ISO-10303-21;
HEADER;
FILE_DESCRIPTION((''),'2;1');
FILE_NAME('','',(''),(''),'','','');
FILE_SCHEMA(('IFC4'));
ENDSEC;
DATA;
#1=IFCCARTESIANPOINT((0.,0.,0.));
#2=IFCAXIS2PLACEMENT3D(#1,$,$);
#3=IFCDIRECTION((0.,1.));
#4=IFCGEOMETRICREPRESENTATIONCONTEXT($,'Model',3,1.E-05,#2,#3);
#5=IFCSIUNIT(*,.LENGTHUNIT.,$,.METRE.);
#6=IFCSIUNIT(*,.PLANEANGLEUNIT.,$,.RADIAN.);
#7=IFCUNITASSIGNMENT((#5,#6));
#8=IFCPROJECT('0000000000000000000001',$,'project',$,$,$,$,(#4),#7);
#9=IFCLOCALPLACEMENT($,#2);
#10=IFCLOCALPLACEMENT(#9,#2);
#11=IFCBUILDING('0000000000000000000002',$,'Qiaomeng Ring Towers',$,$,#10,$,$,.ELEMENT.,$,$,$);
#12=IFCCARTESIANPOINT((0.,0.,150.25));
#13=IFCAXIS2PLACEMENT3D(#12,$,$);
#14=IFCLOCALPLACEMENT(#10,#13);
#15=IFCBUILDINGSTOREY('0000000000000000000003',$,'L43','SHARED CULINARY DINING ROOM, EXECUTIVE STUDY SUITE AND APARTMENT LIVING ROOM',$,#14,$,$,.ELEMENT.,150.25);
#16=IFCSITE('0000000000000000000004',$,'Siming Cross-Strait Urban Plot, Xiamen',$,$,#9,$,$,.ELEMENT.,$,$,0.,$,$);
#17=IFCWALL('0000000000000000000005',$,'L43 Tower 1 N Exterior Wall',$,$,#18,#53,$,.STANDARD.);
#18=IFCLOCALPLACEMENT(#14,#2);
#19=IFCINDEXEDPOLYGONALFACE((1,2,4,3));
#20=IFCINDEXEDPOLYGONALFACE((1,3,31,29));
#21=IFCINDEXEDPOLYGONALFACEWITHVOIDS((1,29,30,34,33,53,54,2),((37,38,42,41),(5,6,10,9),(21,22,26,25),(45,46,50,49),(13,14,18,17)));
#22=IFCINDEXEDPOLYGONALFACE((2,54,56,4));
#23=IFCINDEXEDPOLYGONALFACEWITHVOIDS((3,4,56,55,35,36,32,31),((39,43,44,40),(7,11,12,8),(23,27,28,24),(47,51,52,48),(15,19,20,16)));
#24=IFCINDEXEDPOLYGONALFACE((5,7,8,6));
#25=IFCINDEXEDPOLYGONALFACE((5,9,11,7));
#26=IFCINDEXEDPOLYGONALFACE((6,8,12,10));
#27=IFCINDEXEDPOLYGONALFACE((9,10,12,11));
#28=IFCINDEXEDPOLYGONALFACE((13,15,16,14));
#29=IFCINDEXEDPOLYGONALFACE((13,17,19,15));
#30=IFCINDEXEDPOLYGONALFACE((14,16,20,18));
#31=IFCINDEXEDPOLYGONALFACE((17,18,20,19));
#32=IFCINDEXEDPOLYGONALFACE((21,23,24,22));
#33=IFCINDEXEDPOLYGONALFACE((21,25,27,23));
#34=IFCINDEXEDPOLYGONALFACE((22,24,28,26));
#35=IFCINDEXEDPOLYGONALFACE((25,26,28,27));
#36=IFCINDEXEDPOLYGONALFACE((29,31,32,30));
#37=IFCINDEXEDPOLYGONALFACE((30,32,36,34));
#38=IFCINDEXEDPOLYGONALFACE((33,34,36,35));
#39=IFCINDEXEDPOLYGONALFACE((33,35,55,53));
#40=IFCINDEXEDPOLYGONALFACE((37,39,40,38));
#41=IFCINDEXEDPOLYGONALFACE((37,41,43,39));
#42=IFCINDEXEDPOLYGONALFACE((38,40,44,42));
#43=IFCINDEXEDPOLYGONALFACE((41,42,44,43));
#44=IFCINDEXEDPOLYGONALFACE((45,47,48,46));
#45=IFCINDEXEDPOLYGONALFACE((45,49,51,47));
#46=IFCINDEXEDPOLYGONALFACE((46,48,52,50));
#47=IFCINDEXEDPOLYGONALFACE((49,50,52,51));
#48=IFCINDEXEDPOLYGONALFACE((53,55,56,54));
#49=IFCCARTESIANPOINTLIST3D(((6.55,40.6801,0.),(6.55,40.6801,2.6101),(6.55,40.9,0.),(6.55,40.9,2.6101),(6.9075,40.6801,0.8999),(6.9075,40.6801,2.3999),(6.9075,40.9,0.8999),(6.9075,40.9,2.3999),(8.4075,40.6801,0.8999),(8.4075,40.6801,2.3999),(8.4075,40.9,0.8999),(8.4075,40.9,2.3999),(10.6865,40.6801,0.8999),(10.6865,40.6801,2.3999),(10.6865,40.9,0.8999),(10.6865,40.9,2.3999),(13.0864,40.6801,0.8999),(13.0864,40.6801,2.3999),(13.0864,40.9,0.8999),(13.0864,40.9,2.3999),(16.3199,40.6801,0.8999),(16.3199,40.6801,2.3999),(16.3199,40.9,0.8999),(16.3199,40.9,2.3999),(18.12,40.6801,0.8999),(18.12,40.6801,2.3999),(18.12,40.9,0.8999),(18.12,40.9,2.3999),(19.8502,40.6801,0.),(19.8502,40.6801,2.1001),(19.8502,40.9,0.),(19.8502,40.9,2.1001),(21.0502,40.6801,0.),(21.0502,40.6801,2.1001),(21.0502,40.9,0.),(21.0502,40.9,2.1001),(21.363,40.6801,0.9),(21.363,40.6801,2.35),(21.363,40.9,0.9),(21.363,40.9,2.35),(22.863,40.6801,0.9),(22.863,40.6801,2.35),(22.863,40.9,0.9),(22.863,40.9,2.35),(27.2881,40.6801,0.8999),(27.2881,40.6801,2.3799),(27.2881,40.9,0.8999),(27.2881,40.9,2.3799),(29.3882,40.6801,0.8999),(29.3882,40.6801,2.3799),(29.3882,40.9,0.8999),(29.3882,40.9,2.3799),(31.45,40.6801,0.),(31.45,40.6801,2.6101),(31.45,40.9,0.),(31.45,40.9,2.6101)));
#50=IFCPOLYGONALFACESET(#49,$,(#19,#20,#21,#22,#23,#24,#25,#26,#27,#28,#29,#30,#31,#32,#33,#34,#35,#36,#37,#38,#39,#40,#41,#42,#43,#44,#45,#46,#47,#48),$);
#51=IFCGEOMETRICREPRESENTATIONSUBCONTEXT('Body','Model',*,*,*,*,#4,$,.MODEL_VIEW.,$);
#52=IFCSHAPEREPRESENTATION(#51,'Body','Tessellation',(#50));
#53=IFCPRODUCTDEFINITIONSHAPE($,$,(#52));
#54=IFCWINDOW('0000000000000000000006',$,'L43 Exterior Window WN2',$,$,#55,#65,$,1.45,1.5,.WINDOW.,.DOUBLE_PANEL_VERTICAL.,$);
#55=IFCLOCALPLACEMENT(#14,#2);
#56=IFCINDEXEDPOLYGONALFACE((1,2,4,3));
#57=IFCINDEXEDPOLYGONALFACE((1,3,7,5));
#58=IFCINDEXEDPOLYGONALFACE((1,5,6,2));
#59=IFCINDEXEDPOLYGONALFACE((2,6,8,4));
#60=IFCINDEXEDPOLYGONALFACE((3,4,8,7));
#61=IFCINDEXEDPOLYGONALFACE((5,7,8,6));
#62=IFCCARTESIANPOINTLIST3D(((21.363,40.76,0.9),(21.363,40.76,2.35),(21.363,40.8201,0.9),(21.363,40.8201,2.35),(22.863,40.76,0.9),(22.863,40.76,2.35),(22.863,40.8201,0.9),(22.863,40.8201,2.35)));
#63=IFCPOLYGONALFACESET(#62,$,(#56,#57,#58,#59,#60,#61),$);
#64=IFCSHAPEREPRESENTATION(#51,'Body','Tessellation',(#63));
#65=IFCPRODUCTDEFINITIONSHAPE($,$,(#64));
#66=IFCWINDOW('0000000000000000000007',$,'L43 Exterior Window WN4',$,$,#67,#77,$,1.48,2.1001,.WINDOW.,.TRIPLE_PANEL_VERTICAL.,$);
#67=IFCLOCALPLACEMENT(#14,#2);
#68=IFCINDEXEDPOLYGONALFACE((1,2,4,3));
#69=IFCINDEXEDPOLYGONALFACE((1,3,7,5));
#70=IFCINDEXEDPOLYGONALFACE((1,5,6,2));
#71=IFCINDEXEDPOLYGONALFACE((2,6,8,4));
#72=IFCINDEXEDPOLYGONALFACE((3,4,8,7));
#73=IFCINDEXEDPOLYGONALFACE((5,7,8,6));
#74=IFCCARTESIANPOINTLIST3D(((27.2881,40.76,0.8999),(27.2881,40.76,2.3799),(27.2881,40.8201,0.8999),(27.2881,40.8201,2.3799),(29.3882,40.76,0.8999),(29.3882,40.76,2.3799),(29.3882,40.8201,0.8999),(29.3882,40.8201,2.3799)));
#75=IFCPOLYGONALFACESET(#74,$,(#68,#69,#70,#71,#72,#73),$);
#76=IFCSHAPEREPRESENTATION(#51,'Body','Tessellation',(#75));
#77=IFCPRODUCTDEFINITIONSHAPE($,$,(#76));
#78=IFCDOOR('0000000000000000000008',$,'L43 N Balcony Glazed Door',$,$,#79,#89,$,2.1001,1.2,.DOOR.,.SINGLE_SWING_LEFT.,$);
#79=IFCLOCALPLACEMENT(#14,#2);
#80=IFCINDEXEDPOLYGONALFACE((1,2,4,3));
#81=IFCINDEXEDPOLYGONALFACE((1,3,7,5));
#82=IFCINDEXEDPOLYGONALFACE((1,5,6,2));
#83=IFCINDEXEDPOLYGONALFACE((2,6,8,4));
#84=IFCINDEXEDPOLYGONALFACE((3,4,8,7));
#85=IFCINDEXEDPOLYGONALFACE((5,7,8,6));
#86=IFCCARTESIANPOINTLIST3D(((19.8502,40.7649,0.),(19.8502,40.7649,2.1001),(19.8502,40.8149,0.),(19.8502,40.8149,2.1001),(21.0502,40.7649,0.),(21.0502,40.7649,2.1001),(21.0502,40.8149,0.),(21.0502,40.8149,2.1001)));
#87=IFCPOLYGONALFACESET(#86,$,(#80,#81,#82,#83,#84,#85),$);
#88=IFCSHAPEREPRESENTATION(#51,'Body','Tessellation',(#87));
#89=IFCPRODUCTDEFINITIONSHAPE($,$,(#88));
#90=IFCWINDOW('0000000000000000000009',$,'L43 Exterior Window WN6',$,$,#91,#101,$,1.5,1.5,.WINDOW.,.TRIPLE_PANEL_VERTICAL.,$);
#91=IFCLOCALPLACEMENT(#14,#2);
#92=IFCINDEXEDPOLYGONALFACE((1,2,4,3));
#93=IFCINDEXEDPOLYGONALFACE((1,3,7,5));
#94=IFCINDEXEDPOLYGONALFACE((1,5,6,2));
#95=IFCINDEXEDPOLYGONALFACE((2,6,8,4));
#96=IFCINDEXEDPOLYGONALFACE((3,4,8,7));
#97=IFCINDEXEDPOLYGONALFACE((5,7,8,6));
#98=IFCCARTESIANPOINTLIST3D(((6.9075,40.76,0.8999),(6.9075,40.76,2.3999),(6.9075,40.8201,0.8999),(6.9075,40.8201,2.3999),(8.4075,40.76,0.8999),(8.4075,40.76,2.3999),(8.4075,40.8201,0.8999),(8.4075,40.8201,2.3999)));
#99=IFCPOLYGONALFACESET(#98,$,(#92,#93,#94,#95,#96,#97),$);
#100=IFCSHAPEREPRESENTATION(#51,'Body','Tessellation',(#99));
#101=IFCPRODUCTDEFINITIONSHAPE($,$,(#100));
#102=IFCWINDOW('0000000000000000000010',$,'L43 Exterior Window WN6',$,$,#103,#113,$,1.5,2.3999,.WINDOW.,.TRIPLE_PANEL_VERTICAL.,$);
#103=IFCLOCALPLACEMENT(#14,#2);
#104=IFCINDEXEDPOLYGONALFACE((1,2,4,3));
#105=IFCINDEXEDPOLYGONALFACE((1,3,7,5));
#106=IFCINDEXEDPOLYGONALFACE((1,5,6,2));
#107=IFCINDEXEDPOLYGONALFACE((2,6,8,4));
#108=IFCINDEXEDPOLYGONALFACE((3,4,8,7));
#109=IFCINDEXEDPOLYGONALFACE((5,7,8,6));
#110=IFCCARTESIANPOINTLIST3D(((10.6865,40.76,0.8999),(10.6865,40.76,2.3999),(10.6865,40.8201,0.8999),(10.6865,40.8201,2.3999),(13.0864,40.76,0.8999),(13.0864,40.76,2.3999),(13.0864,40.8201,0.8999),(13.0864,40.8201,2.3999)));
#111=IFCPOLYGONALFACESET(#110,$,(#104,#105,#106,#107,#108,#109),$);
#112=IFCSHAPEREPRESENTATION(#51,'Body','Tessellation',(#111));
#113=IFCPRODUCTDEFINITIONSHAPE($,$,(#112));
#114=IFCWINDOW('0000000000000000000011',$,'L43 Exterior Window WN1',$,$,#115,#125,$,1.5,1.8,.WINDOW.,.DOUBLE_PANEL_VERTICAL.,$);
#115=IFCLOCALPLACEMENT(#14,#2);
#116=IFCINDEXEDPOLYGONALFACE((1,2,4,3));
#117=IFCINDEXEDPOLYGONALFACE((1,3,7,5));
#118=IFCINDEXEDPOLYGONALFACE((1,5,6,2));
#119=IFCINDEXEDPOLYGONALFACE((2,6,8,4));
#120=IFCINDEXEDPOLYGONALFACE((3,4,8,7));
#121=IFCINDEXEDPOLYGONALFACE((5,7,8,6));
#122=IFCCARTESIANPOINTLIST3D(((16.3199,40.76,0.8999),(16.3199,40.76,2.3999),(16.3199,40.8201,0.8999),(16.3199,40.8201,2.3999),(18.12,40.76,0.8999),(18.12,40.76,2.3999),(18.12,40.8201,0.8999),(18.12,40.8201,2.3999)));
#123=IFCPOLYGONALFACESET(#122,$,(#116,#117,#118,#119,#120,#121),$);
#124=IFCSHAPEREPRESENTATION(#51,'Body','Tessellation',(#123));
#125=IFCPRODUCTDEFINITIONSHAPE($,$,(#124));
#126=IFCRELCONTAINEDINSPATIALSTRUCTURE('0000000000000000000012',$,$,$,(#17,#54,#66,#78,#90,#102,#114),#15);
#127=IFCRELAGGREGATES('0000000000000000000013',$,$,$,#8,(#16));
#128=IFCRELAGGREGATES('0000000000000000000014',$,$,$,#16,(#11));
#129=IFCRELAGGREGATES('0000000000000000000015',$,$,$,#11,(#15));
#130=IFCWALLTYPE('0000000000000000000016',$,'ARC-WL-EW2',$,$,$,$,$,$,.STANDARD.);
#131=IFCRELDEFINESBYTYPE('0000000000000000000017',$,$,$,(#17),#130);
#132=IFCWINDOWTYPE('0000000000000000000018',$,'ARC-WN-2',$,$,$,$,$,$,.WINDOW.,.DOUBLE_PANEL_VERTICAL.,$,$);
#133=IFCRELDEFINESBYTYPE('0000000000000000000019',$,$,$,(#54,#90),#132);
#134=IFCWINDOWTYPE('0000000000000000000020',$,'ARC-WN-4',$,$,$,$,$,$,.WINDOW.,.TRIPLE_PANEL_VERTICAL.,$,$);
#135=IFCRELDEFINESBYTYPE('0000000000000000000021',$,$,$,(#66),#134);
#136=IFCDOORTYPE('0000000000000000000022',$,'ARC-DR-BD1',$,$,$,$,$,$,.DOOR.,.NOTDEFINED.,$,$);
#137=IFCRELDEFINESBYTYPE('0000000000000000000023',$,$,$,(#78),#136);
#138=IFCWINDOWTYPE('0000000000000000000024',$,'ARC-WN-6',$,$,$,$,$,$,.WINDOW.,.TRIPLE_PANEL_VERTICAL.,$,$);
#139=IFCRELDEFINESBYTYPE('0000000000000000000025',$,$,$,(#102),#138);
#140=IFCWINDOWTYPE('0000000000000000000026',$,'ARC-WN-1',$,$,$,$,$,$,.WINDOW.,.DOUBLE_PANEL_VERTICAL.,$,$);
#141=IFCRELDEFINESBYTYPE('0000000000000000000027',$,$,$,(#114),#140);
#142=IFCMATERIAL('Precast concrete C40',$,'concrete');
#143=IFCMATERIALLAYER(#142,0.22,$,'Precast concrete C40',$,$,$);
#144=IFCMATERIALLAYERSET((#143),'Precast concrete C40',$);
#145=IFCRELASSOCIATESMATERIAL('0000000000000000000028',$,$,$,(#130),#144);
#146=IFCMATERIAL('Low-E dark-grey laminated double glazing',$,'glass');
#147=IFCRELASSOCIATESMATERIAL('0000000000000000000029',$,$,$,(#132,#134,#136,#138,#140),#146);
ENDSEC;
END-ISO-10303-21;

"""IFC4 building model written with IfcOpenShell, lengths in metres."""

from ifc_helpers import new_model, si_unit, direction, frame, frame_2d, origin, place, context, subcontext, project, spatial, rectangle, extrude, source, transform, mapped, material, layer, layer_set, type_object, element, fill, save


model = new_model("IFC4")

# Units and contexts
model_context = context("Model", 3, precision=1e-05, world=origin(), true_north=direction((0.0, 1.0)))
body_context = subcontext(model_context, "Body", "Model", "MODEL_VIEW")
ifc_project = project(units=[si_unit("LENGTHUNIT", "METRE"), si_unit("PLANEANGLEUNIT", "RADIAN")], contexts=[model_context])

# Site, building, storey
site_placement = place(None, origin())
site = spatial("IfcSite", under=ifc_project, at=site_placement, Name="Siming Cross-Strait Urban Plot, Xiamen", CompositionType="ELEMENT", RefElevation=0.0)
building_placement = place(site_placement, origin())
building = spatial("IfcBuilding", under=site, at=building_placement, Name="Qiaomeng Ring Towers", CompositionType="ELEMENT")
storey_placement = place(building_placement, frame((0.0, 0.0, 150.25)))
storey = spatial("IfcBuildingStorey", under=building, at=storey_placement, Name="L43", Description="SHARED CULINARY DINING ROOM, EXECUTIVE STUDY SUITE AND APARTMENT LIVING ROOM", CompositionType="ELEMENT", Elevation=150.25)

# Shared definitions
ifc_material_1 = material(Name="Low-E dark-grey laminated double glazing", Category="glass")

# Wall, openings, windows, door
ifc_material_2 = material(Name="Precast concrete C40", Category="concrete")
ifc_layer_1 = layer(ifc_material_2, 0.22, Name="Precast concrete C40")
ifc_layer_set_1 = layer_set([ifc_layer_1], Name="Precast concrete C40")
wall_type_1 = type_object("IfcWallType", Name="ARC-WL-EW2", PredefinedType="STANDARD", material=ifc_layer_set_1)
wall_1_placement = place(storey_placement, frame((6.55, 40.79, 0.0), z_axis=(0.0, 0.0, 1.0), x_axis=(1.0, 0.0, 0.0)))
wall_1 = element("IfcWall", 1, at=wall_1_placement, inside=storey, type_object=wall_type_1, Name="L43 Tower 1 N Exterior Wall", PredefinedType="STANDARD", context=body_context, shape_type="SweptSolid", body=[
    extrude(rectangle(XDim=24.8999, YDim=0.22, at=frame_2d((12.45, 0.0))), origin(), (0.0, 0.0, 1.0), 2.6101),
])
opening_1_placement = place(wall_1_placement, frame((13.3, 0.0, 0.0)))
opening_1 = element("IfcOpeningElement", 2, at=opening_1_placement, cuts=wall_1, PredefinedType="OPENING", context=body_context, shape_type="SweptSolid", body=[
    extrude(rectangle(XDim=1.2, YDim=2.1001, at=frame_2d((0.6001, 1.05))), frame((0.0, 0.1199, 0.0), z_axis=(0.0, -1.0, 0.0), x_axis=(1.0, 0.0, 0.0)), (0.0, 0.0, 1.0), 0.24),
])
opening_2_placement = place(wall_1_placement, frame((0.3574, 0.0, 0.8999)))
opening_2 = element("IfcOpeningElement", 3, at=opening_2_placement, cuts=wall_1, PredefinedType="OPENING", context=body_context, shape_type="SweptSolid", body=[
    extrude(rectangle(XDim=1.5, YDim=1.5, at=frame_2d((0.75, 0.75))), frame((0.0, 0.1199, 0.0), z_axis=(0.0, -1.0, 0.0), x_axis=(1.0, 0.0, 0.0)), (0.0, 0.0, 1.0), 0.24),
])
opening_3_placement = place(wall_1_placement, frame((9.77, 0.0, 0.8999)))
opening_3 = element("IfcOpeningElement", 4, at=opening_3_placement, cuts=wall_1, PredefinedType="OPENING", context=body_context, shape_type="SweptSolid", body=[
    extrude(rectangle(XDim=1.8, YDim=1.5, at=frame_2d((0.8999, 0.75))), frame((0.0, 0.1199, 0.0), z_axis=(0.0, -1.0, 0.0), x_axis=(1.0, 0.0, 0.0)), (0.0, 0.0, 1.0), 0.24),
])
opening_4_placement = place(wall_1_placement, frame((14.813, 0.0, 0.8999)))
opening_4 = element("IfcOpeningElement", 5, at=opening_4_placement, cuts=wall_1, PredefinedType="OPENING", context=body_context, shape_type="SweptSolid", body=[
    extrude(rectangle(XDim=1.5, YDim=1.45, at=frame_2d((0.75, 0.7251))), frame((0.0, 0.1199, 0.0), z_axis=(0.0, -1.0, 0.0), x_axis=(1.0, 0.0, 0.0)), (0.0, 0.0, 1.0), 0.24),
])
opening_5_placement = place(wall_1_placement, frame((20.738, 0.0, 0.8999)))
opening_5 = element("IfcOpeningElement", 6, at=opening_5_placement, cuts=wall_1, PredefinedType="OPENING", context=body_context, shape_type="SweptSolid", body=[
    extrude(rectangle(XDim=2.1001, YDim=1.48, at=frame_2d((1.05, 0.74))), frame((0.0, 0.1199, 0.0), z_axis=(0.0, -1.0, 0.0), x_axis=(1.0, 0.0, 0.0)), (0.0, 0.0, 1.0), 0.24),
])
opening_6_placement = place(wall_1_placement, frame((4.1365, 0.0, 0.8999)))
opening_6 = element("IfcOpeningElement", 7, at=opening_6_placement, cuts=wall_1, PredefinedType="OPENING", context=body_context, shape_type="SweptSolid", body=[
    extrude(rectangle(XDim=2.3999, YDim=1.5, at=frame_2d((1.2, 0.75))), frame((0.0, 0.1199, 0.0), z_axis=(0.0, -1.0, 0.0), x_axis=(1.0, 0.0, 0.0)), (0.0, 0.0, 1.0), 0.24),
])
window_type_1 = type_object("IfcWindowType", Name="ARC-WN-2", PartitioningType="DOUBLE_PANEL_VERTICAL", PredefinedType="WINDOW", material=ifc_material_1)
shared_shape_1 = source(origin(), body_context, "Body", "SweptSolid", [
    extrude(rectangle(XDim=1.5, YDim=1.45, at=frame_2d((0.75, 0.7251))), frame((0.0, 0.03, 0.0), z_axis=(0.0, -1.0, 0.0), x_axis=(1.0, 0.0, 0.0)), (0.0, 0.0, 1.0), 0.0601),
])
window_1_placement = place(opening_4_placement, origin())
window_1 = element("IfcWindow", 8, at=window_1_placement, inside=storey, type_object=window_type_1, Name="L43 Exterior Window WN2", OverallHeight=1.45, OverallWidth=1.5, PartitioningType="DOUBLE_PANEL_VERTICAL", PredefinedType="WINDOW", context=body_context, shape_type="MappedRepresentation", body=[
    mapped(shared_shape_1, transform((0.0, 0.0, 0.0), x_axis=(1.0, 0.0, 0.0), y_axis=(0.0, 1.0, 0.0), z_axis=(0.0, 0.0, 1.0), scale=1.0)),
])
fill(opening_4, window_1)
window_type_2 = type_object("IfcWindowType", Name="ARC-WN-4", PartitioningType="TRIPLE_PANEL_VERTICAL", PredefinedType="WINDOW", material=ifc_material_1)
shared_shape_2 = source(origin(), body_context, "Body", "SweptSolid", [
    extrude(rectangle(XDim=2.1001, YDim=1.48, at=frame_2d((1.05, 0.74))), frame((0.0, 0.03, 0.0), z_axis=(0.0, -1.0, 0.0), x_axis=(1.0, 0.0, 0.0)), (0.0, 0.0, 1.0), 0.0601),
])
window_2_placement = place(opening_5_placement, origin())
window_2 = element("IfcWindow", 9, at=window_2_placement, inside=storey, type_object=window_type_2, Name="L43 Exterior Window WN4", OverallHeight=1.48, OverallWidth=2.1001, PartitioningType="TRIPLE_PANEL_VERTICAL", PredefinedType="WINDOW", context=body_context, shape_type="MappedRepresentation", body=[
    mapped(shared_shape_2, transform((0.0, 0.0, 0.0), x_axis=(1.0, 0.0, 0.0), y_axis=(0.0, 1.0, 0.0), z_axis=(0.0, 0.0, 1.0), scale=1.0)),
])
fill(opening_5, window_2)
door_type_1 = type_object("IfcDoorType", Name="ARC-DR-BD1", OperationType="NOTDEFINED", PredefinedType="DOOR", material=ifc_material_1)
shared_shape_3 = source(origin(), body_context, "Body", "SweptSolid", [
    extrude(rectangle(XDim=1.2, YDim=2.1001, at=frame_2d((0.6001, 1.05))), frame((0.0, 0.0249, 0.0), z_axis=(0.0, -1.0, 0.0), x_axis=(1.0, 0.0, 0.0)), (0.0, 0.0, 1.0), 0.05),
])
door_1_placement = place(opening_1_placement, origin())
door_1 = element("IfcDoor", 10, at=door_1_placement, inside=storey, type_object=door_type_1, Name="L43 N Balcony Glazed Door", OperationType="SINGLE_SWING_LEFT", OverallHeight=2.1001, OverallWidth=1.2, PredefinedType="DOOR", context=body_context, shape_type="MappedRepresentation", body=[
    mapped(shared_shape_3, transform((0.0, 0.0, 0.0), x_axis=(1.0, 0.0, 0.0), y_axis=(0.0, 1.0, 0.0), z_axis=(0.0, 0.0, 1.0), scale=1.0)),
])
fill(opening_1, door_1)
shared_shape_4 = source(origin(), body_context, "Body", "SweptSolid", [
    extrude(rectangle(XDim=1.5, YDim=1.5, at=frame_2d((0.75, 0.75))), frame((0.0, 0.03, 0.0), z_axis=(0.0, -1.0, 0.0), x_axis=(1.0, 0.0, 0.0)), (0.0, 0.0, 1.0), 0.0601),
])
window_3_placement = place(opening_2_placement, origin())
window_3 = element("IfcWindow", 11, at=window_3_placement, inside=storey, type_object=window_type_1, Name="L43 Exterior Window WN6", OverallHeight=1.5, OverallWidth=1.5, PartitioningType="TRIPLE_PANEL_VERTICAL", PredefinedType="WINDOW", context=body_context, shape_type="MappedRepresentation", body=[
    mapped(shared_shape_4, transform((0.0, 0.0, 0.0), x_axis=(1.0, 0.0, 0.0), y_axis=(0.0, 1.0, 0.0), z_axis=(0.0, 0.0, 1.0), scale=1.0)),
])
fill(opening_2, window_3)
window_type_3 = type_object("IfcWindowType", Name="ARC-WN-6", PartitioningType="TRIPLE_PANEL_VERTICAL", PredefinedType="WINDOW", material=ifc_material_1)
shared_shape_5 = source(origin(), body_context, "Body", "SweptSolid", [
    extrude(rectangle(XDim=2.3999, YDim=1.5, at=frame_2d((1.2, 0.75))), frame((0.0, 0.03, 0.0), z_axis=(0.0, -1.0, 0.0), x_axis=(1.0, 0.0, 0.0)), (0.0, 0.0, 1.0), 0.0601),
])
window_4_placement = place(opening_6_placement, origin())
window_4 = element("IfcWindow", 12, at=window_4_placement, inside=storey, type_object=window_type_3, Name="L43 Exterior Window WN6", OverallHeight=1.5, OverallWidth=2.3999, PartitioningType="TRIPLE_PANEL_VERTICAL", PredefinedType="WINDOW", context=body_context, shape_type="MappedRepresentation", body=[
    mapped(shared_shape_5, transform((0.0, 0.0, 0.0), x_axis=(1.0, 0.0, 0.0), y_axis=(0.0, 1.0, 0.0), z_axis=(0.0, 0.0, 1.0), scale=1.0)),
])
fill(opening_6, window_4)
window_type_4 = type_object("IfcWindowType", Name="ARC-WN-1", PartitioningType="DOUBLE_PANEL_VERTICAL", PredefinedType="WINDOW", material=ifc_material_1)
shared_shape_6 = source(origin(), body_context, "Body", "SweptSolid", [
    extrude(rectangle(XDim=1.8, YDim=1.5, at=frame_2d((0.8999, 0.75))), frame((0.0, 0.03, 0.0), z_axis=(0.0, -1.0, 0.0), x_axis=(1.0, 0.0, 0.0)), (0.0, 0.0, 1.0), 0.0601),
])
window_5_placement = place(opening_3_placement, origin())
window_5 = element("IfcWindow", 13, at=window_5_placement, inside=storey, type_object=window_type_4, Name="L43 Exterior Window WN1", OverallHeight=1.5, OverallWidth=1.8, PartitioningType="DOUBLE_PANEL_VERTICAL", PredefinedType="WINDOW", context=body_context, shape_type="MappedRepresentation", body=[
    mapped(shared_shape_6, transform((0.0, 0.0, 0.0), x_axis=(1.0, 0.0, 0.0), y_axis=(0.0, 1.0, 0.0), z_axis=(0.0, 0.0, 1.0), scale=1.0)),
])
fill(opening_3, window_5)

save(model, "model.ifc")
